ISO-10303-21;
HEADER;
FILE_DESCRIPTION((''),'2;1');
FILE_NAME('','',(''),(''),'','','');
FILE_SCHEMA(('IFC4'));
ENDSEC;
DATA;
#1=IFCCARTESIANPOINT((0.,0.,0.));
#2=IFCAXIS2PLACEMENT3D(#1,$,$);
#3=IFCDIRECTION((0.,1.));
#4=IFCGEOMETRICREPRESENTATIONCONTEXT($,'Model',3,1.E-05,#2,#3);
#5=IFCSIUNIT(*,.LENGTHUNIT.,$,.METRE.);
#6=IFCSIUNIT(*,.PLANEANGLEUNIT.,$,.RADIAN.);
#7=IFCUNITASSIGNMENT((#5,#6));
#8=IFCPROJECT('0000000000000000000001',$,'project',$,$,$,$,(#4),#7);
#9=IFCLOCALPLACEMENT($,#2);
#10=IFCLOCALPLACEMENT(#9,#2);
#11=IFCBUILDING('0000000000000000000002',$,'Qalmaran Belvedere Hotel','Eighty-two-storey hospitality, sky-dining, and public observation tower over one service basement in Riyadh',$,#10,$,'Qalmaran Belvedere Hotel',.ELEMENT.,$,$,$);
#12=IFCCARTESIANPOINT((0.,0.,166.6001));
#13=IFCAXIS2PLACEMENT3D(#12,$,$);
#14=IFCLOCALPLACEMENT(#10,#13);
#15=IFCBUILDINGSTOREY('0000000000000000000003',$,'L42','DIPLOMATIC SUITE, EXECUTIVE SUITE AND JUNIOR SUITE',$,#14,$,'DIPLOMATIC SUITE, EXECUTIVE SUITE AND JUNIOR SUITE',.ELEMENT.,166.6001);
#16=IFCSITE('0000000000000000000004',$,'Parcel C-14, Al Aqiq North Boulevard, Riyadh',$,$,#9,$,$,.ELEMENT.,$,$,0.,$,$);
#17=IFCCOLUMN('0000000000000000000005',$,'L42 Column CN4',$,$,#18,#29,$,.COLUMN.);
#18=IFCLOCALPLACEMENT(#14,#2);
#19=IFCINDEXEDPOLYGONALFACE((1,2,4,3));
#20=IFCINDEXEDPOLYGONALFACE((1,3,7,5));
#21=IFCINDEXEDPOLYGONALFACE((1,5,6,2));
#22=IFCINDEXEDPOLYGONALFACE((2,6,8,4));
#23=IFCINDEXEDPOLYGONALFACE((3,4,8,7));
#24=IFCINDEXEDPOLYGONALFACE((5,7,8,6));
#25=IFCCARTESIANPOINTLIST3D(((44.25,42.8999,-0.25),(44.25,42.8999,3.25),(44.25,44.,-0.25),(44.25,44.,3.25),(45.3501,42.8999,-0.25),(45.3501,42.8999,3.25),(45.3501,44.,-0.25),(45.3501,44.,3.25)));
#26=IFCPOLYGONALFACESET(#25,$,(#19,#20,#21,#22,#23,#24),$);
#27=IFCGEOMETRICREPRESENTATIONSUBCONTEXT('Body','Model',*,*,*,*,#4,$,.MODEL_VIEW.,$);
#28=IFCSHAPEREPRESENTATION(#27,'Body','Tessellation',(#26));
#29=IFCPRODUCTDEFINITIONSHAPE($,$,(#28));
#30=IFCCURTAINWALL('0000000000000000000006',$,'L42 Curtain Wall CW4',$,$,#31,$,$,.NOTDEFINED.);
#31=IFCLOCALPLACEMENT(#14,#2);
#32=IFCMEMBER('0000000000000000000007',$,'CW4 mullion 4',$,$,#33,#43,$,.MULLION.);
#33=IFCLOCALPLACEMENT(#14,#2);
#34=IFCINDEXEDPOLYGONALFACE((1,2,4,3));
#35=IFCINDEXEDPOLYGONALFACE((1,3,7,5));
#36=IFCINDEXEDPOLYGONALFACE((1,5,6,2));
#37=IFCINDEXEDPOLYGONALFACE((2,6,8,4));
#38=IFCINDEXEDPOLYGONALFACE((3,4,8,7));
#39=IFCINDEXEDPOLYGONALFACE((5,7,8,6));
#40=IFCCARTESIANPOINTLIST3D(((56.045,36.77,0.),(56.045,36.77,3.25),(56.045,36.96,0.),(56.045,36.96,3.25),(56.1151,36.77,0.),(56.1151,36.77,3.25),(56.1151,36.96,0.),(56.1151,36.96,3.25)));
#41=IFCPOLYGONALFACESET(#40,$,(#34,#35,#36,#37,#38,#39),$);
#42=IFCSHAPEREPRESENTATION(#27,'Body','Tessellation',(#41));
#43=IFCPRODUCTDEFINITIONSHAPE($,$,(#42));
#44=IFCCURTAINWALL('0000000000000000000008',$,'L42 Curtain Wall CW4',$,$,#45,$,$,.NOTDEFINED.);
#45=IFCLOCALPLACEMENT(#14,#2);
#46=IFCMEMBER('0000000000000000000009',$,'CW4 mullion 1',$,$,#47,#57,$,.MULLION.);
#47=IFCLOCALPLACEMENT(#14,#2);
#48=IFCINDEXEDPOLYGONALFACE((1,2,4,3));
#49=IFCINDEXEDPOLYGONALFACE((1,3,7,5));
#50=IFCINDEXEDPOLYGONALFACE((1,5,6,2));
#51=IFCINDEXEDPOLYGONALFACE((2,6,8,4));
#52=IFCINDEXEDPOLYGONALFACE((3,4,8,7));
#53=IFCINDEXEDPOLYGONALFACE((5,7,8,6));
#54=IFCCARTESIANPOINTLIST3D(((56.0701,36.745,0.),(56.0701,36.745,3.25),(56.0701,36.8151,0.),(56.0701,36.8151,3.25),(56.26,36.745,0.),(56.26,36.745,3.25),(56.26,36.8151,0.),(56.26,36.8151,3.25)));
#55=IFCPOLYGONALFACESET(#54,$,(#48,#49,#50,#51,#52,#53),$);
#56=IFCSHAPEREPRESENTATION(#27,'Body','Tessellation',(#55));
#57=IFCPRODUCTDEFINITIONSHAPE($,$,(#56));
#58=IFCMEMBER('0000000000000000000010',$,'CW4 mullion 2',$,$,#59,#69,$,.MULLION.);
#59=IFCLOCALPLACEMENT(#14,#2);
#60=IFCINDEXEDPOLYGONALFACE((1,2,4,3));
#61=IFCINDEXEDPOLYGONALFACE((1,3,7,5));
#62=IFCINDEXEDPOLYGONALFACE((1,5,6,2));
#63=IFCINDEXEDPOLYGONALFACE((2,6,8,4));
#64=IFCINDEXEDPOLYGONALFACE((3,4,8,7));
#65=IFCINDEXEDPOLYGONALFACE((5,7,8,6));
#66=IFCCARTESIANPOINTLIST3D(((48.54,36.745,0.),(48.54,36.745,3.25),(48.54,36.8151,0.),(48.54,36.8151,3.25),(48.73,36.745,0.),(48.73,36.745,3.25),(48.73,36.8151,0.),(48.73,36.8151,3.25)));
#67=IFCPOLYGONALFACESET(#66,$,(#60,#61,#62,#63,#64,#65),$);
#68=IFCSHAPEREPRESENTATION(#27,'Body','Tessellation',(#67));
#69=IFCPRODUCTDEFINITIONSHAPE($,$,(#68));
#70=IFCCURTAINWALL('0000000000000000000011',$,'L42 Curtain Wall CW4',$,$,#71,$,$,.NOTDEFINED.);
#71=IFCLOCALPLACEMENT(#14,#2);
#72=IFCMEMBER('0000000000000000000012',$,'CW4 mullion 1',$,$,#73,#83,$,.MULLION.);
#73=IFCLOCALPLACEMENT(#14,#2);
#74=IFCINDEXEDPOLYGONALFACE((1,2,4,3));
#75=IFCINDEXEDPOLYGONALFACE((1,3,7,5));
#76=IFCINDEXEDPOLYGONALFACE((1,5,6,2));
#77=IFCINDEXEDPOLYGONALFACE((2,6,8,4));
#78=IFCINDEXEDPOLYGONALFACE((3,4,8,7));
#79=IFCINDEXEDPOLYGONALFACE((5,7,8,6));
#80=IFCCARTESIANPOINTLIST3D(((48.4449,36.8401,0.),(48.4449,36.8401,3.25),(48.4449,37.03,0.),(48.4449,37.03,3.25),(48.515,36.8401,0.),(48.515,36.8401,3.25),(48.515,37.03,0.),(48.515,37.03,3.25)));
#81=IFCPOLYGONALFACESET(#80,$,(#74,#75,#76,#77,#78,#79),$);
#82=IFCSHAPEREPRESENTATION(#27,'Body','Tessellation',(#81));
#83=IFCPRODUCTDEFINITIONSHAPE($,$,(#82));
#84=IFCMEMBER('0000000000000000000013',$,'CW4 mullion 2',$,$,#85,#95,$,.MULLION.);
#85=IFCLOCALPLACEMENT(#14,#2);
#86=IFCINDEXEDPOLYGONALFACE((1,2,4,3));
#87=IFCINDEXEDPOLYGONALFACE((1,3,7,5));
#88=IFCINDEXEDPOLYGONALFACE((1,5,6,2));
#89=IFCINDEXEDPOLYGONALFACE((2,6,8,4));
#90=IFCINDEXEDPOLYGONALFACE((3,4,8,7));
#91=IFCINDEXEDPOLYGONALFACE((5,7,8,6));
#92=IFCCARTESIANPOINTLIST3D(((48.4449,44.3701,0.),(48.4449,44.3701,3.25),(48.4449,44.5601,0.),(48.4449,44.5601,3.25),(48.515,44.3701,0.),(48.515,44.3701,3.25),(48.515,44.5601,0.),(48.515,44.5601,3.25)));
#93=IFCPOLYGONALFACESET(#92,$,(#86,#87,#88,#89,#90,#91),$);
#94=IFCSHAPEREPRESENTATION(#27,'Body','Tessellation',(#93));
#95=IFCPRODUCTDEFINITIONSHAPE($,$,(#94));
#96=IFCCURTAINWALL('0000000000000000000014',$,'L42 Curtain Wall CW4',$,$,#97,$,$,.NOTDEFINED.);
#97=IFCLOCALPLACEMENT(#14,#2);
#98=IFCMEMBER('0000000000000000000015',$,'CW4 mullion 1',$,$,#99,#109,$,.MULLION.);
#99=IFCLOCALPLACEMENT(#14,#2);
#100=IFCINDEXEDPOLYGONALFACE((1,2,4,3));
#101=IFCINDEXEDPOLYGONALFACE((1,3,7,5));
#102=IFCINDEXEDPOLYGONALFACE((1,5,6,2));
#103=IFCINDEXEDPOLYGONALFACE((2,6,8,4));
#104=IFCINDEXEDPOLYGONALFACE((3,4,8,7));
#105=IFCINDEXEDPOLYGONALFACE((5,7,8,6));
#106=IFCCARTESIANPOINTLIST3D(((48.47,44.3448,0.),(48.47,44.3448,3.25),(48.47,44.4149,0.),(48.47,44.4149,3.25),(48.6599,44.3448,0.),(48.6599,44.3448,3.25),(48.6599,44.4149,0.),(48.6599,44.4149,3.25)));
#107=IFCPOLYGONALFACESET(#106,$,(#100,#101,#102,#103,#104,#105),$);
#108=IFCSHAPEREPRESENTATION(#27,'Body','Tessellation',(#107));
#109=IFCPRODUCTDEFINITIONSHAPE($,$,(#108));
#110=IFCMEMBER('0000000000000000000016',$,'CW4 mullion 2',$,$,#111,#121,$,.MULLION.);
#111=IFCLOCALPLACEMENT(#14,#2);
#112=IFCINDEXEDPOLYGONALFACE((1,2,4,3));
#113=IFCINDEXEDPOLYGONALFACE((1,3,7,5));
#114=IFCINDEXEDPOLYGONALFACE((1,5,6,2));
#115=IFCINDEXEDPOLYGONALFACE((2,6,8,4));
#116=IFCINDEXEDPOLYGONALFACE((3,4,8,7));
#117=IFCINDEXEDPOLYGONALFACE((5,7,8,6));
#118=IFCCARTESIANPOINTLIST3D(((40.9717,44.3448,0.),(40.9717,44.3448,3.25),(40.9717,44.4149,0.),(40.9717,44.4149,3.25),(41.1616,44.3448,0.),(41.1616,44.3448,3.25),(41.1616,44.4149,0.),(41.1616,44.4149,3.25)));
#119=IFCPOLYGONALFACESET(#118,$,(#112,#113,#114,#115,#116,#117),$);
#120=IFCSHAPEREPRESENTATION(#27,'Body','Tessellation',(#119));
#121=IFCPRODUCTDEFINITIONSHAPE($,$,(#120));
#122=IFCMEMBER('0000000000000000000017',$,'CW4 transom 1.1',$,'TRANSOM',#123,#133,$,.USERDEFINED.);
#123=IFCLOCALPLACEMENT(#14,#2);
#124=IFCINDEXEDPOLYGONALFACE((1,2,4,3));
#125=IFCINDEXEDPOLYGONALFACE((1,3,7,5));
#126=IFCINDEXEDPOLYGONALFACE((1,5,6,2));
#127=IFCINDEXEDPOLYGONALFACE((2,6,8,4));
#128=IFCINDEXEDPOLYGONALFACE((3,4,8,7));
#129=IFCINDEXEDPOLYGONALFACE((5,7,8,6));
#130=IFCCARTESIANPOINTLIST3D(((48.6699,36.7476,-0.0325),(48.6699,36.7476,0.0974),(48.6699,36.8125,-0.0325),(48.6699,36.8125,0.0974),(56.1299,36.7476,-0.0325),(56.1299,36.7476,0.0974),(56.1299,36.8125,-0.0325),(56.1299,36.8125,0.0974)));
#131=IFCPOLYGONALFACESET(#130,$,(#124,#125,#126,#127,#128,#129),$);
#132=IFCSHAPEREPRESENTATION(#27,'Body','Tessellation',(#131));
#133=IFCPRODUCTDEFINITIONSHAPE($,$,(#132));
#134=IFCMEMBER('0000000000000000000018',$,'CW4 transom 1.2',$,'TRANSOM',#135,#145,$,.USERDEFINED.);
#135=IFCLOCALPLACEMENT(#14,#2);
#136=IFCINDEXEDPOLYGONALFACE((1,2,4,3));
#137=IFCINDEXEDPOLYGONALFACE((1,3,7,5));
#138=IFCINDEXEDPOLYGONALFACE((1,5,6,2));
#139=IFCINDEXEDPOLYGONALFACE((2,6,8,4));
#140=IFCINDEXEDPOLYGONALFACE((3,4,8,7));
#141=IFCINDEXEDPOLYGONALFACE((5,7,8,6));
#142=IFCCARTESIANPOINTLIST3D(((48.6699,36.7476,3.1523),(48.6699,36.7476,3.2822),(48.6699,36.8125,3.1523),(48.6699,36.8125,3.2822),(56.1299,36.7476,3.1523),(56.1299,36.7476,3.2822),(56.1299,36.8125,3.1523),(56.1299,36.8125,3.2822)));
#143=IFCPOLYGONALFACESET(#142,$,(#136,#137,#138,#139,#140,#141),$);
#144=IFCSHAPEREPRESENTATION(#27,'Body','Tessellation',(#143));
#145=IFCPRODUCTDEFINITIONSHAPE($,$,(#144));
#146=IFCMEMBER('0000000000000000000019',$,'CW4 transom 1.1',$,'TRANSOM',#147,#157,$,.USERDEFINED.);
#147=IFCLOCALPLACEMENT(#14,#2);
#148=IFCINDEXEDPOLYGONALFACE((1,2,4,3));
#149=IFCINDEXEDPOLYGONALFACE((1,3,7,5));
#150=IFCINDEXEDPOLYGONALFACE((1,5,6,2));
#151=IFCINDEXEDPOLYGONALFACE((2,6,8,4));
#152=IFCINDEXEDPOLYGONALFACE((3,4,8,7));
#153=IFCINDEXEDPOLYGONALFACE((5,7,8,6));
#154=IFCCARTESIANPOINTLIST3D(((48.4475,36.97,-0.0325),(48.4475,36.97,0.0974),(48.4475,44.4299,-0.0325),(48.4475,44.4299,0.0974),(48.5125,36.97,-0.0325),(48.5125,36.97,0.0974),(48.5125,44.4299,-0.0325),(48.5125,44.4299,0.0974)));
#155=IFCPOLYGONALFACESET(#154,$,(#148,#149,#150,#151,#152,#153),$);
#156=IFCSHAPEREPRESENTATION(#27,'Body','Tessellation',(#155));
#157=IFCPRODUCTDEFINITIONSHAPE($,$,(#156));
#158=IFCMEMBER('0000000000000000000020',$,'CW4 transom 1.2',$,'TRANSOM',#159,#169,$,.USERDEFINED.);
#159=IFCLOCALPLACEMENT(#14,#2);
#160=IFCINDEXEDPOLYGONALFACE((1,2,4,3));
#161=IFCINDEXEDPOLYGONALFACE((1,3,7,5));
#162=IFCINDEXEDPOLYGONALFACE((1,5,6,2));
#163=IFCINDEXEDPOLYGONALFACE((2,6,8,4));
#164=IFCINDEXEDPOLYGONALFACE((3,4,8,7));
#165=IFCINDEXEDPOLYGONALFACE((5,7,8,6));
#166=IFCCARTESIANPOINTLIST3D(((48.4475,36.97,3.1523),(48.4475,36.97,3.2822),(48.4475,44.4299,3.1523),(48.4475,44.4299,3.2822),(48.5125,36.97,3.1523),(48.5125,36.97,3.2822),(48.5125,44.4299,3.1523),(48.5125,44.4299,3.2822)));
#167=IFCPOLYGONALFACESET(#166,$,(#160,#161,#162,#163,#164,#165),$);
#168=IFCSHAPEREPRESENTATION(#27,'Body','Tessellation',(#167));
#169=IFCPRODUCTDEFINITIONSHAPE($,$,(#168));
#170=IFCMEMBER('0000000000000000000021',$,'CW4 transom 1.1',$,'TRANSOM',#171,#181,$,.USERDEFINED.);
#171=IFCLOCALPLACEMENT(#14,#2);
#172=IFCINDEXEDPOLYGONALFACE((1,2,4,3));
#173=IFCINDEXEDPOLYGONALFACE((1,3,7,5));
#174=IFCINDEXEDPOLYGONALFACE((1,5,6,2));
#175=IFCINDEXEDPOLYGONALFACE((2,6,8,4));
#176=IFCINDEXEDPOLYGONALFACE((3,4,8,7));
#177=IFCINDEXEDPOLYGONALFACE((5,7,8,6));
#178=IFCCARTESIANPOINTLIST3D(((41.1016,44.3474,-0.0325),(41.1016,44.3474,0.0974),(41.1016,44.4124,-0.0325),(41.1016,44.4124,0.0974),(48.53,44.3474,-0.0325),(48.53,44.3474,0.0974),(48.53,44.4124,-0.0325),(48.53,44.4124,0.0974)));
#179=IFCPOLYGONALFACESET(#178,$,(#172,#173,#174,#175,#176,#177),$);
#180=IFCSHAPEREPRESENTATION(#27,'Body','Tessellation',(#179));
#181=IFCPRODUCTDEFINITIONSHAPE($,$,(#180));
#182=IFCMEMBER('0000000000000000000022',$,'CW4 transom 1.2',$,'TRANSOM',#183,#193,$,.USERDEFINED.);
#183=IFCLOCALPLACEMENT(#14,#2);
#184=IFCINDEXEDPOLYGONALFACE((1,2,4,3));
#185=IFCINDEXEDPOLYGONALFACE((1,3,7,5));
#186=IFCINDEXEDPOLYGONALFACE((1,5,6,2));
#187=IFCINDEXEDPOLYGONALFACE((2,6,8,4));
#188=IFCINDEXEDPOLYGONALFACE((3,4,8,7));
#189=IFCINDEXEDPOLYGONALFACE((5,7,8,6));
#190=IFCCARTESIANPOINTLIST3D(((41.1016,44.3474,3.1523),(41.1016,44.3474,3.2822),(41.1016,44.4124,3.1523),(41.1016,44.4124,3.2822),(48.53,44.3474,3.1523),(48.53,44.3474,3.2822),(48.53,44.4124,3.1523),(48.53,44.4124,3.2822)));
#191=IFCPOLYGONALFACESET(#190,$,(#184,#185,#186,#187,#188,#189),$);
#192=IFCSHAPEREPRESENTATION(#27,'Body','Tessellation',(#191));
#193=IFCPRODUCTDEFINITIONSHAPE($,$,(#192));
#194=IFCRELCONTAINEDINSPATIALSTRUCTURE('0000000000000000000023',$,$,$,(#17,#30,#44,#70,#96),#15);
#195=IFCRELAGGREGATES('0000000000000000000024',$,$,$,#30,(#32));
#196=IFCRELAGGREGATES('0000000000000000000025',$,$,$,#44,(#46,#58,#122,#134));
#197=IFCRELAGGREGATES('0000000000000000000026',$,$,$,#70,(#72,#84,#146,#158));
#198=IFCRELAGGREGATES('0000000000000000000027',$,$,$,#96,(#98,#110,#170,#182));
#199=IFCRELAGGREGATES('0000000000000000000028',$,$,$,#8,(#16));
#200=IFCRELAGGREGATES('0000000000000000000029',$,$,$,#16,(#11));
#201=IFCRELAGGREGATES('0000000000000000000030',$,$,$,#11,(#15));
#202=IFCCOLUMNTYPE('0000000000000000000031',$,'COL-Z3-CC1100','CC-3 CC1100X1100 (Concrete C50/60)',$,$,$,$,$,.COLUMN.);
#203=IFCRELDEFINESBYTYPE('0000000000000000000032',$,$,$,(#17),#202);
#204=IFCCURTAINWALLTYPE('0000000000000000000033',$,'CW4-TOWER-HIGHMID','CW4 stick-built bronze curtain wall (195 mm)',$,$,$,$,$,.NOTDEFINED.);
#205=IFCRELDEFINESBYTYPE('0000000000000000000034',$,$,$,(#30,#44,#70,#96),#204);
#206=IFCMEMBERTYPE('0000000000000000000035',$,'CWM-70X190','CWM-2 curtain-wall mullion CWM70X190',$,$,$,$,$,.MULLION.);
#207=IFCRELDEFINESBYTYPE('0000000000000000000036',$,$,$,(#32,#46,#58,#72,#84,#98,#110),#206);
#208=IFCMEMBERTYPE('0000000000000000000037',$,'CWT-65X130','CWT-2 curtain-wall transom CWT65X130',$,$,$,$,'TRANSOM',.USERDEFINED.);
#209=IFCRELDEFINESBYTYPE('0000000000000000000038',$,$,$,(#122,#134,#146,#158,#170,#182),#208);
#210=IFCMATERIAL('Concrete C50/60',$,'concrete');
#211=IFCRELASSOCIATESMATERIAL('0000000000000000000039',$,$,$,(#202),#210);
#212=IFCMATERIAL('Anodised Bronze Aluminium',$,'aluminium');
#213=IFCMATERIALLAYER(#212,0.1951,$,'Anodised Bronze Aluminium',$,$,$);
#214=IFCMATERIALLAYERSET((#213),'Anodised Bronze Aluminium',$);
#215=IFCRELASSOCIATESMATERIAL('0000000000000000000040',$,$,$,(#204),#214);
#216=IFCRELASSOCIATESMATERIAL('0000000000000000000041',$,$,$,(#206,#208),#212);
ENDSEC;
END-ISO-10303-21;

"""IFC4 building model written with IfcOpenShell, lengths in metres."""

from ifc_helpers import new_model, si_unit, direction, frame, origin, origin_2d, place, context, subcontext, project, spatial, rectangle, extrude, material, layer, layer_set, material_profile, profile_set, type_object, element, aggregate, save


model = new_model("IFC4")

# Units and contexts
model_context = context("Model", 3, precision=1e-05, world=origin(), true_north=direction((0.0, 1.0)))
body_context = subcontext(model_context, "Body", "Model", "MODEL_VIEW")
ifc_project = project(units=[si_unit("LENGTHUNIT", "METRE"), si_unit("PLANEANGLEUNIT", "RADIAN")], contexts=[model_context])

# Site, building, storey
site_placement = place(None, origin())
site = spatial("IfcSite", under=ifc_project, at=site_placement, Name="Parcel C-14, Al Aqiq North Boulevard, Riyadh", CompositionType="ELEMENT", RefElevation=0.0)
building_placement = place(site_placement, origin())
building = spatial("IfcBuilding", under=site, at=building_placement, Name="Qalmaran Belvedere Hotel", Description="Eighty-two-storey hospitality, sky-dining, and public observation tower over one service basement in Riyadh", LongName="Qalmaran Belvedere Hotel", CompositionType="ELEMENT")
storey_placement = place(building_placement, frame((0.0, 0.0, 166.6001)))
storey = spatial("IfcBuildingStorey", under=building, at=storey_placement, Name="L42", Description="DIPLOMATIC SUITE, EXECUTIVE SUITE AND JUNIOR SUITE", LongName="DIPLOMATIC SUITE, EXECUTIVE SUITE AND JUNIOR SUITE", CompositionType="ELEMENT", Elevation=166.6001)

# Column
ifc_material_1 = material(Name="Concrete C50/60", Category="concrete")
ifc_material_profile_1 = material_profile(ifc_material_1, rectangle(XDim=1.1001, YDim=1.1001, at=origin_2d()), Name="CC1100X1100")
ifc_profile_set_1 = profile_set([ifc_material_profile_1], Name="Concrete C50/60")
column_type = type_object("IfcColumnType", Name="COL-Z3-CC1100", Description="CC-3 CC1100X1100 (Concrete C50/60)", PredefinedType="COLUMN", material=ifc_profile_set_1)
column_placement = place(storey_placement, frame((44.8, 43.45, -0.25), z_axis=(0.0, 0.0, 1.0), x_axis=(1.0, 0.0, 0.0)))
element("IfcColumn", 1, at=column_placement, inside=storey, type_object=column_type, Name="L42 Column CN4", PredefinedType="COLUMN", context=body_context, shape_type="SweptSolid", body=[
    extrude(rectangle(XDim=1.1001, YDim=1.1001, at=origin_2d()), origin(), (0.0, 0.0, 1.0), 3.5),
])

# Curtain wall, member
ifc_material_2 = material(Name="Anodised Bronze Aluminium", Category="aluminium")
ifc_layer_1 = layer(ifc_material_2, 0.1951, Name="Anodised Bronze Aluminium")
ifc_layer_set_1 = layer_set([ifc_layer_1], Name="Anodised Bronze Aluminium")
curtain_wall_type = type_object("IfcCurtainWallType", Name="CW4-TOWER-HIGHMID", Description="CW4 stick-built bronze curtain wall (195 mm)", PredefinedType="NOTDEFINED", material=ifc_layer_set_1)
curtain_wall_1_placement = place(storey_placement, origin())
curtain_wall_1 = element("IfcCurtainWall", 2, at=curtain_wall_1_placement, inside=storey, type_object=curtain_wall_type, Name="L42 Curtain Wall CW4", PredefinedType="NOTDEFINED")
ifc_material_profile_2 = material_profile(ifc_material_2, rectangle(XDim=0.0701, YDim=0.1899, at=origin_2d()), Name="CWM70X190")
ifc_profile_set_2 = profile_set([ifc_material_profile_2], Name="Anodised Bronze Aluminium")
member_type_1 = type_object("IfcMemberType", Name="CWM-70X190", Description="CWM-2 curtain-wall mullion CWM70X190", PredefinedType="MULLION", material=ifc_profile_set_2)
member_1_placement = place(storey_placement, frame((56.0801, 36.865, 0.0), z_axis=(0.0, 0.0, 1.0), x_axis=(-1.0, 0.0, 0.0)))
member_1 = element("IfcMember", 3, at=member_1_placement, type_object=member_type_1, Name="CW4 mullion 4", PredefinedType="MULLION", context=body_context, shape_type="SweptSolid", body=[
    extrude(rectangle(XDim=0.0701, YDim=0.1899, at=origin_2d()), origin(), (0.0, 0.0, 1.0), 3.25),
])
aggregate(curtain_wall_1, [member_1])

# Curtain walls, members
curtain_wall_2_placement = place(storey_placement, origin())
curtain_wall_2 = element("IfcCurtainWall", 4, at=curtain_wall_2_placement, inside=storey, type_object=curtain_wall_type, Name="L42 Curtain Wall CW4", PredefinedType="NOTDEFINED")
member_2_placement = place(storey_placement, frame((56.165, 36.78, 0.0), z_axis=(0.0, 0.0, 1.0), x_axis=(0.0, -1.0, 0.0)))
member_2 = element("IfcMember", 5, at=member_2_placement, type_object=member_type_1, Name="CW4 mullion 1", PredefinedType="MULLION", context=body_context, shape_type="SweptSolid", body=[
    extrude(rectangle(XDim=0.0701, YDim=0.1899, at=origin_2d()), origin(), (0.0, 0.0, 1.0), 3.25),
])
member_3_placement = place(storey_placement, frame((48.635, 36.78, 0.0), z_axis=(0.0, 0.0, 1.0), x_axis=(0.0, -1.0, 0.0)))
member_3 = element("IfcMember", 6, at=member_3_placement, type_object=member_type_1, Name="CW4 mullion 2", PredefinedType="MULLION", context=body_context, shape_type="SweptSolid", body=[
    extrude(rectangle(XDim=0.0701, YDim=0.1899, at=origin_2d()), origin(), (0.0, 0.0, 1.0), 3.25),
])
curtain_wall_3_placement = place(storey_placement, origin())
curtain_wall_3 = element("IfcCurtainWall", 7, at=curtain_wall_3_placement, inside=storey, type_object=curtain_wall_type, Name="L42 Curtain Wall CW4", PredefinedType="NOTDEFINED")
member_4_placement = place(storey_placement, frame((48.48, 36.9351, 0.0), z_axis=(0.0, 0.0, 1.0), x_axis=(-1.0, 0.0, 0.0)))
member_4 = element("IfcMember", 8, at=member_4_placement, type_object=member_type_1, Name="CW4 mullion 1", PredefinedType="MULLION", context=body_context, shape_type="SweptSolid", body=[
    extrude(rectangle(XDim=0.0701, YDim=0.1899, at=origin_2d()), origin(), (0.0, 0.0, 1.0), 3.25),
])
member_5_placement = place(storey_placement, frame((48.48, 44.4651, 0.0), z_axis=(0.0, 0.0, 1.0), x_axis=(-1.0, 0.0, 0.0)))
member_5 = element("IfcMember", 9, at=member_5_placement, type_object=member_type_1, Name="CW4 mullion 2", PredefinedType="MULLION", context=body_context, shape_type="SweptSolid", body=[
    extrude(rectangle(XDim=0.0701, YDim=0.1899, at=origin_2d()), origin(), (0.0, 0.0, 1.0), 3.25),
])
curtain_wall_4_placement = place(storey_placement, origin())
curtain_wall_4 = element("IfcCurtainWall", 10, at=curtain_wall_4_placement, inside=storey, type_object=curtain_wall_type, Name="L42 Curtain Wall CW4", PredefinedType="NOTDEFINED")
member_6_placement = place(storey_placement, frame((48.5649, 44.3799, 0.0), z_axis=(0.0, 0.0, 1.0), x_axis=(0.0, -1.0, 0.0)))
member_6 = element("IfcMember", 11, at=member_6_placement, type_object=member_type_1, Name="CW4 mullion 1", PredefinedType="MULLION", context=body_context, shape_type="SweptSolid", body=[
    extrude(rectangle(XDim=0.0701, YDim=0.1899, at=origin_2d()), origin(), (0.0, 0.0, 1.0), 3.25),
])
member_7_placement = place(storey_placement, frame((41.0667, 44.3799, 0.0), z_axis=(0.0, 0.0, 1.0), x_axis=(0.0, -1.0, 0.0)))
member_7 = element("IfcMember", 12, at=member_7_placement, type_object=member_type_1, Name="CW4 mullion 2", PredefinedType="MULLION", context=body_context, shape_type="SweptSolid", body=[
    extrude(rectangle(XDim=0.0701, YDim=0.1899, at=origin_2d()), origin(), (0.0, 0.0, 1.0), 3.25),
])

# Members
ifc_material_profile_3 = material_profile(ifc_material_2, rectangle(XDim=0.0649, YDim=0.1299, at=origin_2d()), Name="CWT65X130")
ifc_profile_set_3 = profile_set([ifc_material_profile_3], Name="Anodised Bronze Aluminium")
member_type_2 = type_object("IfcMemberType", Name="CWT-65X130", Description="CWT-2 curtain-wall transom CWT65X130", ElementType="TRANSOM", PredefinedType="USERDEFINED", material=ifc_profile_set_3)
member_8_placement = place(storey_placement, frame((56.1299, 36.78, 0.0325), z_axis=(-1.0, 0.0, 0.0), x_axis=(0.0, -1.0, 0.0)))
member_8 = element("IfcMember", 13, at=member_8_placement, type_object=member_type_2, Name="CW4 transom 1.1", ObjectType="TRANSOM", PredefinedType="USERDEFINED", context=body_context, shape_type="SweptSolid", body=[
    extrude(rectangle(XDim=0.0649, YDim=0.1299, at=origin_2d()), origin(), (0.0, 0.0, 1.0), 7.46),
])
member_9_placement = place(storey_placement, frame((56.1299, 36.78, 3.2173), z_axis=(-1.0, 0.0, 0.0), x_axis=(0.0, -1.0, 0.0)))
member_9 = element("IfcMember", 14, at=member_9_placement, type_object=member_type_2, Name="CW4 transom 1.2", ObjectType="TRANSOM", PredefinedType="USERDEFINED", context=body_context, shape_type="SweptSolid", body=[
    extrude(rectangle(XDim=0.0649, YDim=0.1299, at=origin_2d()), origin(), (0.0, 0.0, 1.0), 7.46),
])
member_10_placement = place(storey_placement, frame((48.48, 36.97, 0.0325), z_axis=(0.0, 1.0, 0.0), x_axis=(-1.0, 0.0, 0.0)))
member_10 = element("IfcMember", 15, at=member_10_placement, type_object=member_type_2, Name="CW4 transom 1.1", ObjectType="TRANSOM", PredefinedType="USERDEFINED", context=body_context, shape_type="SweptSolid", body=[
    extrude(rectangle(XDim=0.0649, YDim=0.1299, at=origin_2d()), origin(), (0.0, 0.0, 1.0), 7.46),
])
member_11_placement = place(storey_placement, frame((48.48, 36.97, 3.2173), z_axis=(0.0, 1.0, 0.0), x_axis=(-1.0, 0.0, 0.0)))
member_11 = element("IfcMember", 16, at=member_11_placement, type_object=member_type_2, Name="CW4 transom 1.2", ObjectType="TRANSOM", PredefinedType="USERDEFINED", context=body_context, shape_type="SweptSolid", body=[
    extrude(rectangle(XDim=0.0649, YDim=0.1299, at=origin_2d()), origin(), (0.0, 0.0, 1.0), 7.46),
])
member_12_placement = place(storey_placement, frame((48.53, 44.3799, 0.0325), z_axis=(-1.0, 0.0, 0.0), x_axis=(0.0, -1.0, 0.0)))
member_12 = element("IfcMember", 17, at=member_12_placement, type_object=member_type_2, Name="CW4 transom 1.1", ObjectType="TRANSOM", PredefinedType="USERDEFINED", context=body_context, shape_type="SweptSolid", body=[
    extrude(rectangle(XDim=0.0649, YDim=0.1299, at=origin_2d()), origin(), (0.0, 0.0, 1.0), 7.4285),
])
member_13_placement = place(storey_placement, frame((48.53, 44.3799, 3.2173), z_axis=(-1.0, 0.0, 0.0), x_axis=(0.0, -1.0, 0.0)))
member_13 = element("IfcMember", 18, at=member_13_placement, type_object=member_type_2, Name="CW4 transom 1.2", ObjectType="TRANSOM", PredefinedType="USERDEFINED", context=body_context, shape_type="SweptSolid", body=[
    extrude(rectangle(XDim=0.0649, YDim=0.1299, at=origin_2d()), origin(), (0.0, 0.0, 1.0), 7.4285),
])

aggregate(curtain_wall_2, [member_2, member_3, member_8, member_9])
aggregate(curtain_wall_3, [member_4, member_5, member_10, member_11])
aggregate(curtain_wall_4, [member_6, member_7, member_12, member_13])

save(model, "model.ifc")
